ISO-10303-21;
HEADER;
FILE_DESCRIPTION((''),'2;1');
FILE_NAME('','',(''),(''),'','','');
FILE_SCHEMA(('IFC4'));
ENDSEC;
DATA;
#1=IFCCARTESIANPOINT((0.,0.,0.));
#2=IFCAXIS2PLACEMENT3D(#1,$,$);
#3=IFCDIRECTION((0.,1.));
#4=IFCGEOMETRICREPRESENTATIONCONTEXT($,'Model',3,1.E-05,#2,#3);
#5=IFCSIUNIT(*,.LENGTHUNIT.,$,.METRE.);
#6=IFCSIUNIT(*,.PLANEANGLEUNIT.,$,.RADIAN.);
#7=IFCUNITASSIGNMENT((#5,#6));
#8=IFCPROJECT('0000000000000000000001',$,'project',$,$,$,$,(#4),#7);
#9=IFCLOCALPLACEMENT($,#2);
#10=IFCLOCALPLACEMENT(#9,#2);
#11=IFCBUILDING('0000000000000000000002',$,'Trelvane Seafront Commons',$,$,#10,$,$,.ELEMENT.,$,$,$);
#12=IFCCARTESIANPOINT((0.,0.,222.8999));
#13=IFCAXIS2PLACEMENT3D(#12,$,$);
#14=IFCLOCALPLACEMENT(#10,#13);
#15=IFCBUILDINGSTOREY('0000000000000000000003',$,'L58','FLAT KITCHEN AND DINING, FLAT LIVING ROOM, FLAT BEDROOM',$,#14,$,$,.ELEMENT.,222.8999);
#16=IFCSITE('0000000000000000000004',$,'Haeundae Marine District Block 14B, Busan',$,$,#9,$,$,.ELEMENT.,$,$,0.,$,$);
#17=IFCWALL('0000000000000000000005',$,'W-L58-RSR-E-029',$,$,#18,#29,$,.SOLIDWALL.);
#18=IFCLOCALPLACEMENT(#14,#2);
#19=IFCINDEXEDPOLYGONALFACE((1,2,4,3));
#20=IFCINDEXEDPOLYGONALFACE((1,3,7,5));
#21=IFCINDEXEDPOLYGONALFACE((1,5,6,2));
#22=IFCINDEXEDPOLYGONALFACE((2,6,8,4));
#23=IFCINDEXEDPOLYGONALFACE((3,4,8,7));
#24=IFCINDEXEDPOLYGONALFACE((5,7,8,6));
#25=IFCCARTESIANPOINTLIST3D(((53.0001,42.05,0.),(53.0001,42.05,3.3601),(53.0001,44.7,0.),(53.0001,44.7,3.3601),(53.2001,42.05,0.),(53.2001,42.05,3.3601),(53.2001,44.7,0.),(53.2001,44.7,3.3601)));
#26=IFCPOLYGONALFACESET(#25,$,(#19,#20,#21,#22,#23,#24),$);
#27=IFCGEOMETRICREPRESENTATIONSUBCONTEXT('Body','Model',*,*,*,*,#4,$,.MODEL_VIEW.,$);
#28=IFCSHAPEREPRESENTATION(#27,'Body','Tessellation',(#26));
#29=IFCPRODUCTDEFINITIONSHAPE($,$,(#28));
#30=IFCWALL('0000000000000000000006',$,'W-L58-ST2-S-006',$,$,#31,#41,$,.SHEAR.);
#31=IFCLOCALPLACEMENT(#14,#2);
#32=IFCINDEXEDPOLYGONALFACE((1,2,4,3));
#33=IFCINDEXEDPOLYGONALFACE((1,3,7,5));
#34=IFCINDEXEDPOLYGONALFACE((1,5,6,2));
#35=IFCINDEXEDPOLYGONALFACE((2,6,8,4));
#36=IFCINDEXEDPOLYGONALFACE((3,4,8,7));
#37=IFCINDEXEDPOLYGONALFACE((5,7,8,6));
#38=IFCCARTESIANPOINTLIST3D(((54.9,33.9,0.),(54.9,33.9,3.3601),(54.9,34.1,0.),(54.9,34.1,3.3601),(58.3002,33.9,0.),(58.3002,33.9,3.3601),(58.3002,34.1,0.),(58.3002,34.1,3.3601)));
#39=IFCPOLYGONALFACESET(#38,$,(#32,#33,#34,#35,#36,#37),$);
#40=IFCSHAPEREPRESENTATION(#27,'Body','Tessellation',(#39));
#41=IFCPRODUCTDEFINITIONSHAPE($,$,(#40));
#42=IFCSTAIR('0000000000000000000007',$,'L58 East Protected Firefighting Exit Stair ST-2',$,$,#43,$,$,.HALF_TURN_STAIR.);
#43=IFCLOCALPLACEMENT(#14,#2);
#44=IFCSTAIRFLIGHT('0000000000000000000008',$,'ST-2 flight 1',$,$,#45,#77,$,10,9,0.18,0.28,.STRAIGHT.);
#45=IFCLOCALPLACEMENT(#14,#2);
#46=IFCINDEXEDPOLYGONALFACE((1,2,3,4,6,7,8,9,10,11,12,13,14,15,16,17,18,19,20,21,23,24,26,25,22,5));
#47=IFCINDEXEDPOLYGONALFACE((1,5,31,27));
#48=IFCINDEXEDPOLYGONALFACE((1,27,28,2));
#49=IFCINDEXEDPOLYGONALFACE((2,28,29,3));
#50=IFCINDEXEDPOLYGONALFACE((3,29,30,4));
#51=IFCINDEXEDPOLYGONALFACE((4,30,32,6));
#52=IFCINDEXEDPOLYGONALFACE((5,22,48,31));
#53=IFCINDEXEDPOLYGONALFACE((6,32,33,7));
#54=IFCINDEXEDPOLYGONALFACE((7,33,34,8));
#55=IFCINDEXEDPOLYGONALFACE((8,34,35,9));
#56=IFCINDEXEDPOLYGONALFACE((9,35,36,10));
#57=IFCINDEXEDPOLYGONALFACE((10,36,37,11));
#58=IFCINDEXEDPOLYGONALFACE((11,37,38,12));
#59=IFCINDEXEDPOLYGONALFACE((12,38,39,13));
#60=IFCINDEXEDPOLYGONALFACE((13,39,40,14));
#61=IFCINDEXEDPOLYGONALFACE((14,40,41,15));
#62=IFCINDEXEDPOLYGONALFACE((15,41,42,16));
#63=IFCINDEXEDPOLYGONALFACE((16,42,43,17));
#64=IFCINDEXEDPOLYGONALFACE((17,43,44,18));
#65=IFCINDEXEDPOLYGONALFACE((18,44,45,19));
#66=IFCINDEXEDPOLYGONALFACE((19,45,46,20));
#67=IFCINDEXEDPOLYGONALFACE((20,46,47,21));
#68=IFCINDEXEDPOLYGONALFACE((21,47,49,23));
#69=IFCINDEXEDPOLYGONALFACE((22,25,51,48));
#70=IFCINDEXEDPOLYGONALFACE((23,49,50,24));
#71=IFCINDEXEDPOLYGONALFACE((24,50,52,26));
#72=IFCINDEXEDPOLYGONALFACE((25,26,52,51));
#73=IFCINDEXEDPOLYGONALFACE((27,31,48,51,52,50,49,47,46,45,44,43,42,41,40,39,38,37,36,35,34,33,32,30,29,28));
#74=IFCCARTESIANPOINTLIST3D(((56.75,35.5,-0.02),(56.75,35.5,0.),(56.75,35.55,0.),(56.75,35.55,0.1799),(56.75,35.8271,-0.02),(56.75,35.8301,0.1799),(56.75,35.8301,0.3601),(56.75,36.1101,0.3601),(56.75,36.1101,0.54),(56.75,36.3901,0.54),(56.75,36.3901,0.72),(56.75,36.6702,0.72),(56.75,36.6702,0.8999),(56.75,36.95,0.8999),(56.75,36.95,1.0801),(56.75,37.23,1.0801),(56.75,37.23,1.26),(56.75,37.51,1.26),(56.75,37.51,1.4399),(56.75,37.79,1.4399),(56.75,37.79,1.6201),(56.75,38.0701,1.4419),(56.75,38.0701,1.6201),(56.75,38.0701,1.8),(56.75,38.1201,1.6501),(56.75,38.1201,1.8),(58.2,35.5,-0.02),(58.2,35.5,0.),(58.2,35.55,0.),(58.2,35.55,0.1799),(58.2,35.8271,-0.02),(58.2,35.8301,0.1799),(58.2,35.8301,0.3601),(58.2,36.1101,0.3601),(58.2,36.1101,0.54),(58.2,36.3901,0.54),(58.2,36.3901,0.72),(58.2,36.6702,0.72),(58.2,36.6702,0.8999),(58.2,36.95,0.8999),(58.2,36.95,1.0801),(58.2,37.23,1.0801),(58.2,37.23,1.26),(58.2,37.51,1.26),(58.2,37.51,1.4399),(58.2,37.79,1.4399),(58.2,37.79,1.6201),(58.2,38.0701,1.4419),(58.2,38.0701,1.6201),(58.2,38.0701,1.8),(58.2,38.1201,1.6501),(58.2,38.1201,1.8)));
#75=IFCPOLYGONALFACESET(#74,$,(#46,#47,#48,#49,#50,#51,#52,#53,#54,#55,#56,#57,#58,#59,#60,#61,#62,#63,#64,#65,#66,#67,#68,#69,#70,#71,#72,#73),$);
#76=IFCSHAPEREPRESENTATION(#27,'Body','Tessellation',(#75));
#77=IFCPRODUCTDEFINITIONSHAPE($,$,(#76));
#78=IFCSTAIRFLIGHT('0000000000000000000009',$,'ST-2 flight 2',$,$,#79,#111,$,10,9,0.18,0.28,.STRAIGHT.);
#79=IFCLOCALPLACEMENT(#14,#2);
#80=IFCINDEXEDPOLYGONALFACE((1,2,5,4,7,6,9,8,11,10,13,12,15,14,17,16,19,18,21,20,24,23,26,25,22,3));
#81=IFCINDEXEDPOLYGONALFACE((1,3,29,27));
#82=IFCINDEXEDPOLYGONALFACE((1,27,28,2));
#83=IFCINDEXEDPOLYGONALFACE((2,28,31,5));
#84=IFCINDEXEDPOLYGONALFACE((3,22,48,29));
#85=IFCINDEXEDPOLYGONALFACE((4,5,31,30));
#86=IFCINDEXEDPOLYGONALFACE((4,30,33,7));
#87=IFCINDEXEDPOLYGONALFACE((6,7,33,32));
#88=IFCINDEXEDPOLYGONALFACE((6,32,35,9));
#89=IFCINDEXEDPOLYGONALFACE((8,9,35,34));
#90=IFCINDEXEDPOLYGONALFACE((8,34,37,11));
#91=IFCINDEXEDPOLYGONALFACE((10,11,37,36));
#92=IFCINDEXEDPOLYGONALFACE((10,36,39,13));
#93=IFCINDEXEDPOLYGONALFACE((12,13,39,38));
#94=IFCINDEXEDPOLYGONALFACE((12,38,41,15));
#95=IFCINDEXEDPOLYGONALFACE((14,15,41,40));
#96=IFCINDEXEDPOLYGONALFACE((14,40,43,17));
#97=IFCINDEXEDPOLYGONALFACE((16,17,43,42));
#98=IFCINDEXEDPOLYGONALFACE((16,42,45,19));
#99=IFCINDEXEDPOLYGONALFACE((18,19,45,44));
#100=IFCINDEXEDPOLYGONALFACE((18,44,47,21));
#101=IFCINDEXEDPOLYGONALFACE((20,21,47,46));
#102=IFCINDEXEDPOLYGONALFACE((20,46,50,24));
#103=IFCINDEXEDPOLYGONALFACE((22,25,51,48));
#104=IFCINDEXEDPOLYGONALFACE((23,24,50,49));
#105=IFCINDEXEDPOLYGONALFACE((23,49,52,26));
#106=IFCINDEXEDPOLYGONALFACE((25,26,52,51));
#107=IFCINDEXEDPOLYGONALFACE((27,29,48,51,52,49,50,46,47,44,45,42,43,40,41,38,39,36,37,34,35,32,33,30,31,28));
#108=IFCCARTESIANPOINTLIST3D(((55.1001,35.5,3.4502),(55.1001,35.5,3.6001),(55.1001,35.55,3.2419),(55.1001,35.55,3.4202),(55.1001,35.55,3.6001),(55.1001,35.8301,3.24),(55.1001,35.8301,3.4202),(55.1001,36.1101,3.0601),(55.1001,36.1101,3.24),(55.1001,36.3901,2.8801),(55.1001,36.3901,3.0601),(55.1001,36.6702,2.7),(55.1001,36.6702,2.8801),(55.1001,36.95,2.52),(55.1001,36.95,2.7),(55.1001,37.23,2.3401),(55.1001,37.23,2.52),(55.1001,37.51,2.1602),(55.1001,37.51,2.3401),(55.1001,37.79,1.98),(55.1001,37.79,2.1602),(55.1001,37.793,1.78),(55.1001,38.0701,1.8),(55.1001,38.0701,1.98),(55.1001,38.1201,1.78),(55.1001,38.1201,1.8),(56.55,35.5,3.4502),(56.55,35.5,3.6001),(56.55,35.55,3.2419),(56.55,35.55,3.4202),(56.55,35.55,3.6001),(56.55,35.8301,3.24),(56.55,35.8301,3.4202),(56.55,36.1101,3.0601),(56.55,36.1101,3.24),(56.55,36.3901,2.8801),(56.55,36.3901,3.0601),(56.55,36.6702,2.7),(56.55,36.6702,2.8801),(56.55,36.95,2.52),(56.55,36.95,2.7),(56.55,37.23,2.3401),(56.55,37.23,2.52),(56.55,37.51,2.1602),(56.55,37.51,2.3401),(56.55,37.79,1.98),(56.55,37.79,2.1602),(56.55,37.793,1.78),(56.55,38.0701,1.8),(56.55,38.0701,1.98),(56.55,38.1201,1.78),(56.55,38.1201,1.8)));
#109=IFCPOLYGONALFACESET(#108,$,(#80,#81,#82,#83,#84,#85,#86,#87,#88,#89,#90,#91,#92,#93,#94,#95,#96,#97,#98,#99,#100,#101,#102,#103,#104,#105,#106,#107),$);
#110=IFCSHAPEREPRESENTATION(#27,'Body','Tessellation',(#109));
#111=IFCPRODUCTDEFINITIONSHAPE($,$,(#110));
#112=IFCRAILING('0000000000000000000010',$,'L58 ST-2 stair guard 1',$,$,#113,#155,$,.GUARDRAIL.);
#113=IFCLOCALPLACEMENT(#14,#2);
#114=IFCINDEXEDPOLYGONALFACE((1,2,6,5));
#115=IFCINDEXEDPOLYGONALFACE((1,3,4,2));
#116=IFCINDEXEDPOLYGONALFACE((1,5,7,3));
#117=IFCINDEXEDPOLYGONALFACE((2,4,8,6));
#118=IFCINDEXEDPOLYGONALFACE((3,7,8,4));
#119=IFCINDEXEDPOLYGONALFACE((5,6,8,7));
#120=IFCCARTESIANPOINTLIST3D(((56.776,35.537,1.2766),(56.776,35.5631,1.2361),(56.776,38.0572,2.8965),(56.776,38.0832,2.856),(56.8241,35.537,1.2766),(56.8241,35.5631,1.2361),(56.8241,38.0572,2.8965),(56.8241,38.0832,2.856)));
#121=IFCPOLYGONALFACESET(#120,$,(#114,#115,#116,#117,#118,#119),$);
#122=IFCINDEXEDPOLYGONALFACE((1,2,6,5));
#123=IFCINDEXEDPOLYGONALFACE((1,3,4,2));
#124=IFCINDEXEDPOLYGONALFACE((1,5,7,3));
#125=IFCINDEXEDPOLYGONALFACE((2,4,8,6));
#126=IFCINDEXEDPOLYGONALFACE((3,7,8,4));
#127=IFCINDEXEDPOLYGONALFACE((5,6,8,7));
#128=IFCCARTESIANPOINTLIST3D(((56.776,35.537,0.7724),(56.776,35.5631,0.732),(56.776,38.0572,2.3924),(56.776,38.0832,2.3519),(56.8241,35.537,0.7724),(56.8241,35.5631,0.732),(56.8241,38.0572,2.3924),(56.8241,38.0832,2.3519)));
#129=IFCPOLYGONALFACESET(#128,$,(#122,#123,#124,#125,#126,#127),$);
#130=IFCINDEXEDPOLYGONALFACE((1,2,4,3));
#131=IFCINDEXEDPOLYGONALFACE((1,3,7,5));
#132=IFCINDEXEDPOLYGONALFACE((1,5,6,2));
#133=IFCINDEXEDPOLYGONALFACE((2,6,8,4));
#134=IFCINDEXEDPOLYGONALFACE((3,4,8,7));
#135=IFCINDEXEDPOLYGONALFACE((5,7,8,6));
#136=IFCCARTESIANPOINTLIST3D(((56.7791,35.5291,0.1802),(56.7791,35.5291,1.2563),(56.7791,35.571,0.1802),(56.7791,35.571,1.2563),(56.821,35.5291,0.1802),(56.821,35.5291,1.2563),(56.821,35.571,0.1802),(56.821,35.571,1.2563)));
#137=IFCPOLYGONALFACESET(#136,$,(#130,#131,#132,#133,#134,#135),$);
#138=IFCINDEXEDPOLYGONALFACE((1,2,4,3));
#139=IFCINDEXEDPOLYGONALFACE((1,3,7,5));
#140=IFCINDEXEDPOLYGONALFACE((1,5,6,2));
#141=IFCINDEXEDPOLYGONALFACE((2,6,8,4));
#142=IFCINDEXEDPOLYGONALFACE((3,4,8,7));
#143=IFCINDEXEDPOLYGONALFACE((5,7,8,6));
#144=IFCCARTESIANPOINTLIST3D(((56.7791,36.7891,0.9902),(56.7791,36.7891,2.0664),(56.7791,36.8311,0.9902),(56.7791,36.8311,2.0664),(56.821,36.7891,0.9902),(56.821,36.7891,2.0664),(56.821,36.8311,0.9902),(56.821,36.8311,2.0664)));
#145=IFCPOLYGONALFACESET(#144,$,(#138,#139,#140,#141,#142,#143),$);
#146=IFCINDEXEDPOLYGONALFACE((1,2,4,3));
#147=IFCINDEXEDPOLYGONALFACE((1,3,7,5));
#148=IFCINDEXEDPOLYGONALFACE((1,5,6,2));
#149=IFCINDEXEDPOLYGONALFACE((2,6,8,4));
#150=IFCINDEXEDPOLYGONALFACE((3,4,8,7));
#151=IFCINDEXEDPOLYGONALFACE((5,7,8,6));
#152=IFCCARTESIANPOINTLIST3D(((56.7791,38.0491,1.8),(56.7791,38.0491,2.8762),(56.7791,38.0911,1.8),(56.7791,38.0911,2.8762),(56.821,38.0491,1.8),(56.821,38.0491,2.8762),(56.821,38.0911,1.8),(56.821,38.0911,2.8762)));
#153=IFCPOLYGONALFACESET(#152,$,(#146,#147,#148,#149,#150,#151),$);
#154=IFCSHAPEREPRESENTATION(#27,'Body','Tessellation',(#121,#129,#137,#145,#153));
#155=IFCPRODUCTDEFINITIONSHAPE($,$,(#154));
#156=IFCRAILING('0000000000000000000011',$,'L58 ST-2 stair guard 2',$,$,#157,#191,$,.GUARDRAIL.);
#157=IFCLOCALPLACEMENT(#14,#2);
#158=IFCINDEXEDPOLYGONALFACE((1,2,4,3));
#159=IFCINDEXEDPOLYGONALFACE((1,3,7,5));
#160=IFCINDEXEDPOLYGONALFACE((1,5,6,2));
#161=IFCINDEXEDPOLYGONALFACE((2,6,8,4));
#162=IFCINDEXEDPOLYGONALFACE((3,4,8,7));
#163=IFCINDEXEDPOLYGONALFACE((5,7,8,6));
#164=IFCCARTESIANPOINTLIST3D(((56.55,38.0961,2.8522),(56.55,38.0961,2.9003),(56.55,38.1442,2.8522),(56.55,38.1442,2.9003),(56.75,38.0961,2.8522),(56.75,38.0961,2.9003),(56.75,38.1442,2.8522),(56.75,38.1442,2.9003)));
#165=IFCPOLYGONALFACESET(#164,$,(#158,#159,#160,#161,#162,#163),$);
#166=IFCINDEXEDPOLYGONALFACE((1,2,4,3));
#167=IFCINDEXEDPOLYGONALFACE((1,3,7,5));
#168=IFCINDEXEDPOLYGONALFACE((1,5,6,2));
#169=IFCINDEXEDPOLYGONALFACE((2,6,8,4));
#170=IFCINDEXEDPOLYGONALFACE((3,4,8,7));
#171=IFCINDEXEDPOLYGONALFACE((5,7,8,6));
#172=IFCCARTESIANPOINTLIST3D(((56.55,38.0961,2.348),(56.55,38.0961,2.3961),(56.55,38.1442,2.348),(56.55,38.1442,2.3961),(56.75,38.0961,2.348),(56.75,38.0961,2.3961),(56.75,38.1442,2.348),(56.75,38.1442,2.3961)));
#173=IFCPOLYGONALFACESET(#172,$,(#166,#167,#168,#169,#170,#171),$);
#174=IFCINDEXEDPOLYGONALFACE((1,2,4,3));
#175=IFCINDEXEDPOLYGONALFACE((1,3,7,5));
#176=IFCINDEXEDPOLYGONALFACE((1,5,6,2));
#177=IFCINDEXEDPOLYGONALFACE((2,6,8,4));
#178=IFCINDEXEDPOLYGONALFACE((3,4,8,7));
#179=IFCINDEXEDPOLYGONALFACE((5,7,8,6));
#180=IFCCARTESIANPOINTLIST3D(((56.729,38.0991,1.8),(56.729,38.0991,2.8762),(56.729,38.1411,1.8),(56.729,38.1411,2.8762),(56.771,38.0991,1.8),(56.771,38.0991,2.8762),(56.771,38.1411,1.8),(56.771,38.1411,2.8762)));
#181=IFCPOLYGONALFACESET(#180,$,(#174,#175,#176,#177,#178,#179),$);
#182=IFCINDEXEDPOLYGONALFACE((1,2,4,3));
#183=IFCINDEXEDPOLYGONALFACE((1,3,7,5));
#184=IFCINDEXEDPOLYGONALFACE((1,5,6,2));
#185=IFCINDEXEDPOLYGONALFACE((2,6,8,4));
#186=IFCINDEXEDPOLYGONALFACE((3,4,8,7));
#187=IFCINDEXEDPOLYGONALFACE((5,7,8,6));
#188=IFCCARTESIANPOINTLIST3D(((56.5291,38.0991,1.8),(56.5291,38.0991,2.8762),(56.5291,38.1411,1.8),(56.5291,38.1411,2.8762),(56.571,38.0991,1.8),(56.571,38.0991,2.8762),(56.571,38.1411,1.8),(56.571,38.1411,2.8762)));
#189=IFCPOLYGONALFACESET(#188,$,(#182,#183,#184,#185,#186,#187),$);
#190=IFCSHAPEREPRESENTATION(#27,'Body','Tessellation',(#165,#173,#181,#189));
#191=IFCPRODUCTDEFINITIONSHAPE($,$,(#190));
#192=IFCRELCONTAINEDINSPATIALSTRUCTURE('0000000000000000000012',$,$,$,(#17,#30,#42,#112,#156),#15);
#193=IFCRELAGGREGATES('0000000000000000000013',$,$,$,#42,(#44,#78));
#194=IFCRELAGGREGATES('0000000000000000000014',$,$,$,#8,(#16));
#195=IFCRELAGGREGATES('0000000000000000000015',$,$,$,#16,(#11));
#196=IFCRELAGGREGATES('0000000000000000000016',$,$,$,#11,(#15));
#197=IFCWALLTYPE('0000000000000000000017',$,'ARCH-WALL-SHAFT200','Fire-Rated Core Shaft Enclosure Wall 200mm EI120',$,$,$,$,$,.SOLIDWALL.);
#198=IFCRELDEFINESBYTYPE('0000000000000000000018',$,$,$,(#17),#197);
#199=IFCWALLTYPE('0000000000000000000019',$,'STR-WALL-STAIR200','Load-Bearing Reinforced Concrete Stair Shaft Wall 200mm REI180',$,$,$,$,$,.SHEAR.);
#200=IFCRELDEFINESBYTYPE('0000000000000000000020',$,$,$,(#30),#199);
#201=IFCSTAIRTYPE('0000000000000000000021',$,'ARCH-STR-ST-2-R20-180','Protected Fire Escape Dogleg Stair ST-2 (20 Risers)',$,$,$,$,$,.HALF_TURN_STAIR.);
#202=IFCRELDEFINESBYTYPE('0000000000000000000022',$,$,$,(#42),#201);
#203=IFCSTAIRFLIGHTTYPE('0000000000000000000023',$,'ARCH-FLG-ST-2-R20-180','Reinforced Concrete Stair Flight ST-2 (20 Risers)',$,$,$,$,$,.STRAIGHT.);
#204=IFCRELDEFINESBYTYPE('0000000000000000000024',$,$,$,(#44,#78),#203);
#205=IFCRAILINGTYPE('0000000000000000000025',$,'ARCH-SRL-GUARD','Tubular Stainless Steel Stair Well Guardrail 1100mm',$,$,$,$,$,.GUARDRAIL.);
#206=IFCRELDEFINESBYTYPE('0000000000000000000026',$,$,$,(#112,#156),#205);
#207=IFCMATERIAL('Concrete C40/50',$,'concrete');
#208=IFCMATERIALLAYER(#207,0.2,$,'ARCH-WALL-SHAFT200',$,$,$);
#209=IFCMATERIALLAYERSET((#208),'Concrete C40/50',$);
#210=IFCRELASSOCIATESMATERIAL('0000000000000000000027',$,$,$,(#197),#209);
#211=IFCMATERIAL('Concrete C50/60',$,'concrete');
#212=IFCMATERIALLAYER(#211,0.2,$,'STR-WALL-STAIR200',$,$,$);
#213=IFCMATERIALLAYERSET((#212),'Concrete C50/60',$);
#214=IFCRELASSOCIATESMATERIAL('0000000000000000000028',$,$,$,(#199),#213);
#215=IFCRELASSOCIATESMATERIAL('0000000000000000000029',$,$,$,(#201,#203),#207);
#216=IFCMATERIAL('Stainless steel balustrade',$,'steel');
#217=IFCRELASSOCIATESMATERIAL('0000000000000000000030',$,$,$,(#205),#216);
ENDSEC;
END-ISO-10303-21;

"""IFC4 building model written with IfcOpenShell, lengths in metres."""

from ifc_helpers import new_model, si_unit, direction, frame, frame_2d, origin, origin_2d, place, context, subcontext, project, spatial, polyline, rectangle, outline, extrude, source, transform, mapped, material, layer, layer_set, type_object, element, aggregate, save


model = new_model("IFC4")

# Units and contexts
model_context = context("Model", 3, precision=1e-05, world=origin(), true_north=direction((0.0, 1.0)))
body_context = subcontext(model_context, "Body", "Model", "MODEL_VIEW")
ifc_project = project(units=[si_unit("LENGTHUNIT", "METRE"), si_unit("PLANEANGLEUNIT", "RADIAN")], contexts=[model_context])

# Site, building, storey
site_placement = place(None, origin())
site = spatial("IfcSite", under=ifc_project, at=site_placement, Name="Haeundae Marine District Block 14B, Busan", CompositionType="ELEMENT", RefElevation=0.0)
building_placement = place(site_placement, origin())
building = spatial("IfcBuilding", under=site, at=building_placement, Name="Trelvane Seafront Commons", CompositionType="ELEMENT")
storey_placement = place(building_placement, frame((0.0, 0.0, 222.8999)))
storey = spatial("IfcBuildingStorey", under=building, at=storey_placement, Name="L58", Description="FLAT KITCHEN AND DINING, FLAT LIVING ROOM, FLAT BEDROOM", CompositionType="ELEMENT", Elevation=222.8999)

# Shared definitions
ifc_material_1 = material(Name="Concrete C50/60", Category="concrete")

# Shared definitions
ifc_material_2 = material(Name="Concrete C40/50", Category="concrete")

# Walls
ifc_layer_1 = layer(ifc_material_2, 0.2, Name="ARCH-WALL-SHAFT200")
ifc_layer_set_1 = layer_set([ifc_layer_1], Name="Concrete C40/50")
wall_type_1 = type_object("IfcWallType", Name="ARCH-WALL-SHAFT200", Description="Fire-Rated Core Shaft Enclosure Wall 200mm EI120", PredefinedType="SOLIDWALL", material=ifc_layer_set_1)
wall_1_placement = place(storey_placement, frame((53.1001, 42.05, 0.0), z_axis=(0.0, 0.0, 1.0), x_axis=(0.0, 1.0, 0.0)))
element("IfcWall", 1, at=wall_1_placement, inside=storey, type_object=wall_type_1, Name="W-L58-RSR-E-029", PredefinedType="SOLIDWALL", context=body_context, shape_type="SweptSolid", body=[
    extrude(rectangle(XDim=2.6499, YDim=0.2, at=frame_2d((1.325, 0.0))), origin(), (0.0, 0.0, 1.0), 3.3601),
])
ifc_layer_2 = layer(ifc_material_1, 0.2, Name="STR-WALL-STAIR200")
ifc_layer_set_2 = layer_set([ifc_layer_2], Name="Concrete C50/60")
wall_type_2 = type_object("IfcWallType", Name="STR-WALL-STAIR200", Description="Load-Bearing Reinforced Concrete Stair Shaft Wall 200mm REI180", PredefinedType="SHEAR", material=ifc_layer_set_2)
wall_2_placement = place(storey_placement, frame((54.8999, 34.0, 0.0), z_axis=(0.0, 0.0, 1.0), x_axis=(1.0, 0.0, 0.0)))
element("IfcWall", 2, at=wall_2_placement, inside=storey, type_object=wall_type_2, Name="W-L58-ST2-S-006", PredefinedType="SHEAR", context=body_context, shape_type="SweptSolid", body=[
    extrude(rectangle(XDim=3.4001, YDim=0.2, at=frame_2d((1.7002, 0.0))), origin(), (0.0, 0.0, 1.0), 3.3601),
])

# Stair, stair flights
stair_type = type_object("IfcStairType", Name="ARCH-STR-ST-2-R20-180", Description="Protected Fire Escape Dogleg Stair ST-2 (20 Risers)", PredefinedType="HALF_TURN_STAIR", material=ifc_material_2)
stair_placement = place(storey_placement, origin())
stair = element("IfcStair", 3, at=stair_placement, inside=storey, type_object=stair_type, Name="L58 East Protected Firefighting Exit Stair ST-2", PredefinedType="HALF_TURN_STAIR")
stair_flight_type = type_object("IfcStairFlightType", Name="ARCH-FLG-ST-2-R20-180", Description="Reinforced Concrete Stair Flight ST-2 (20 Risers)", PredefinedType="STRAIGHT", material=ifc_material_2)
shared_shape_1 = source(origin(), body_context, "Body", "SweptSolid", [
    extrude(outline(polyline([(-0.05, -0.02), (-0.05, 0.0), (0.0, 0.0), (0.0, 0.1799), (0.28, 0.1799), (0.28, 0.3601), (0.5601, 0.3601), (0.5601, 0.54), (0.8401, 0.54), (0.8401, 0.72), (1.1201, 0.72), (1.1201, 0.8999), (1.3999, 0.8999), (1.3999, 1.0801), (1.6799, 1.0801), (1.6799, 1.26), (1.96, 1.26), (1.96, 1.4399), (2.24, 1.4399), (2.24, 1.6201), (2.52, 1.6201), (2.52, 1.8), (2.5701, 1.8), (2.5701, 1.6501), (2.52, 1.4419), (0.2771, -0.02), (-0.05, -0.02)])), frame((0.0, 0.7251, 0.0), z_axis=(0.0, -1.0, 0.0), x_axis=(1.0, 0.0, 0.0)), (0.0, 0.0, 1.0), 1.45),
])
stair_flight_1_placement = place(storey_placement, frame((57.4751, 35.55, 0.0), z_axis=(0.0, 0.0, 1.0), x_axis=(0.0, 1.0, 0.0)))
stair_flight_1 = element("IfcStairFlight", 4, at=stair_flight_1_placement, type_object=stair_flight_type, Name="ST-2 flight 1", NumberOfRisers=10, NumberOfTreads=9, PredefinedType="STRAIGHT", RiserHeight=0.18, TreadLength=0.28, context=body_context, shape_type="MappedRepresentation", body=[
    mapped(shared_shape_1, transform((0.0, 0.0, 0.0), x_axis=(1.0, 0.0, 0.0), y_axis=(0.0, 1.0, 0.0), z_axis=(0.0, 0.0, 1.0), scale=1.0)),
])
stair_flight_2_placement = place(storey_placement, frame((55.825, 38.0701, 1.8), z_axis=(0.0, 0.0, 1.0), x_axis=(0.0, -1.0, 0.0)))
stair_flight_2 = element("IfcStairFlight", 5, at=stair_flight_2_placement, type_object=stair_flight_type, Name="ST-2 flight 2", NumberOfRisers=10, NumberOfTreads=9, PredefinedType="STRAIGHT", RiserHeight=0.18, TreadLength=0.28, context=body_context, shape_type="MappedRepresentation", body=[
    mapped(shared_shape_1, transform((0.0, 0.0, 0.0), x_axis=(1.0, 0.0, 0.0), y_axis=(0.0, 1.0, 0.0), z_axis=(0.0, 0.0, 1.0), scale=1.0)),
])
aggregate(stair, [stair_flight_1, stair_flight_2])

# Railings
ifc_material_3 = material(Name="Stainless steel balustrade", Category="steel")
railing_type_1 = type_object("IfcRailingType", Name="ARCH-SRL-GUARD", Description="Tubular Stainless Steel Stair Well Guardrail 1100mm", PredefinedType="GUARDRAIL", material=ifc_material_3)
railing_1_placement = place(storey_placement, frame((56.8, 35.55, 0.1802)))
element("IfcRailing", 6, at=railing_1_placement, inside=storey, type_object=railing_type_1, Name="L58 ST-2 stair guard 1", PredefinedType="GUARDRAIL", context=body_context, shape_type="SweptSolid", body=[
    extrude(rectangle(XDim=0.0481, YDim=0.0481, at=origin_2d()), frame((0.0, 0.0, 1.0762), z_axis=(0.0, 0.8412, 0.540725), x_axis=(-1.0, 0.0, 0.0)), (0.0, 0.0, 1.0), 2.9958),
    extrude(rectangle(XDim=0.0481, YDim=0.0481, at=origin_2d()), frame((0.0, 0.0, 0.572), z_axis=(0.0, 0.8412, 0.540725), x_axis=(-1.0, 0.0, 0.0)), (0.0, 0.0, 1.0), 2.9958),
    extrude(rectangle(XDim=0.042, YDim=0.042, at=origin_2d()), origin(), (0.0, 0.0, 1.0), 1.0762),
    extrude(rectangle(XDim=0.042, YDim=0.042, at=origin_2d()), frame((0.0, 1.26, 0.8101)), (0.0, 0.0, 1.0), 1.0762),
    extrude(rectangle(XDim=0.042, YDim=0.042, at=origin_2d()), frame((0.0, 2.52, 1.6199)), (0.0, 0.0, 1.0), 1.0762),
])
railing_2_placement = place(storey_placement, frame((56.75, 38.1201, 1.8)))
element("IfcRailing", 7, at=railing_2_placement, inside=storey, type_object=railing_type_1, Name="L58 ST-2 stair guard 2", PredefinedType="GUARDRAIL", context=body_context, shape_type="SweptSolid", body=[
    extrude(rectangle(XDim=0.0481, YDim=0.0481, at=origin_2d()), frame((0.0, 0.0, 1.0762), z_axis=(-1.0, 0.0, 0.0), x_axis=(0.0, -1.0, 0.0)), (0.0, 0.0, 1.0), 0.2),
    extrude(rectangle(XDim=0.0481, YDim=0.0481, at=origin_2d()), frame((0.0, 0.0, 0.572), z_axis=(-1.0, 0.0, 0.0), x_axis=(0.0, -1.0, 0.0)), (0.0, 0.0, 1.0), 0.2),
    extrude(rectangle(XDim=0.042, YDim=0.042, at=origin_2d()), origin(), (0.0, 0.0, 1.0), 1.0762),
    extrude(rectangle(XDim=0.042, YDim=0.042, at=origin_2d()), frame((-0.2, 0.0, 0.0)), (0.0, 0.0, 1.0), 1.0762),
])

save(model, "model.ifc")
